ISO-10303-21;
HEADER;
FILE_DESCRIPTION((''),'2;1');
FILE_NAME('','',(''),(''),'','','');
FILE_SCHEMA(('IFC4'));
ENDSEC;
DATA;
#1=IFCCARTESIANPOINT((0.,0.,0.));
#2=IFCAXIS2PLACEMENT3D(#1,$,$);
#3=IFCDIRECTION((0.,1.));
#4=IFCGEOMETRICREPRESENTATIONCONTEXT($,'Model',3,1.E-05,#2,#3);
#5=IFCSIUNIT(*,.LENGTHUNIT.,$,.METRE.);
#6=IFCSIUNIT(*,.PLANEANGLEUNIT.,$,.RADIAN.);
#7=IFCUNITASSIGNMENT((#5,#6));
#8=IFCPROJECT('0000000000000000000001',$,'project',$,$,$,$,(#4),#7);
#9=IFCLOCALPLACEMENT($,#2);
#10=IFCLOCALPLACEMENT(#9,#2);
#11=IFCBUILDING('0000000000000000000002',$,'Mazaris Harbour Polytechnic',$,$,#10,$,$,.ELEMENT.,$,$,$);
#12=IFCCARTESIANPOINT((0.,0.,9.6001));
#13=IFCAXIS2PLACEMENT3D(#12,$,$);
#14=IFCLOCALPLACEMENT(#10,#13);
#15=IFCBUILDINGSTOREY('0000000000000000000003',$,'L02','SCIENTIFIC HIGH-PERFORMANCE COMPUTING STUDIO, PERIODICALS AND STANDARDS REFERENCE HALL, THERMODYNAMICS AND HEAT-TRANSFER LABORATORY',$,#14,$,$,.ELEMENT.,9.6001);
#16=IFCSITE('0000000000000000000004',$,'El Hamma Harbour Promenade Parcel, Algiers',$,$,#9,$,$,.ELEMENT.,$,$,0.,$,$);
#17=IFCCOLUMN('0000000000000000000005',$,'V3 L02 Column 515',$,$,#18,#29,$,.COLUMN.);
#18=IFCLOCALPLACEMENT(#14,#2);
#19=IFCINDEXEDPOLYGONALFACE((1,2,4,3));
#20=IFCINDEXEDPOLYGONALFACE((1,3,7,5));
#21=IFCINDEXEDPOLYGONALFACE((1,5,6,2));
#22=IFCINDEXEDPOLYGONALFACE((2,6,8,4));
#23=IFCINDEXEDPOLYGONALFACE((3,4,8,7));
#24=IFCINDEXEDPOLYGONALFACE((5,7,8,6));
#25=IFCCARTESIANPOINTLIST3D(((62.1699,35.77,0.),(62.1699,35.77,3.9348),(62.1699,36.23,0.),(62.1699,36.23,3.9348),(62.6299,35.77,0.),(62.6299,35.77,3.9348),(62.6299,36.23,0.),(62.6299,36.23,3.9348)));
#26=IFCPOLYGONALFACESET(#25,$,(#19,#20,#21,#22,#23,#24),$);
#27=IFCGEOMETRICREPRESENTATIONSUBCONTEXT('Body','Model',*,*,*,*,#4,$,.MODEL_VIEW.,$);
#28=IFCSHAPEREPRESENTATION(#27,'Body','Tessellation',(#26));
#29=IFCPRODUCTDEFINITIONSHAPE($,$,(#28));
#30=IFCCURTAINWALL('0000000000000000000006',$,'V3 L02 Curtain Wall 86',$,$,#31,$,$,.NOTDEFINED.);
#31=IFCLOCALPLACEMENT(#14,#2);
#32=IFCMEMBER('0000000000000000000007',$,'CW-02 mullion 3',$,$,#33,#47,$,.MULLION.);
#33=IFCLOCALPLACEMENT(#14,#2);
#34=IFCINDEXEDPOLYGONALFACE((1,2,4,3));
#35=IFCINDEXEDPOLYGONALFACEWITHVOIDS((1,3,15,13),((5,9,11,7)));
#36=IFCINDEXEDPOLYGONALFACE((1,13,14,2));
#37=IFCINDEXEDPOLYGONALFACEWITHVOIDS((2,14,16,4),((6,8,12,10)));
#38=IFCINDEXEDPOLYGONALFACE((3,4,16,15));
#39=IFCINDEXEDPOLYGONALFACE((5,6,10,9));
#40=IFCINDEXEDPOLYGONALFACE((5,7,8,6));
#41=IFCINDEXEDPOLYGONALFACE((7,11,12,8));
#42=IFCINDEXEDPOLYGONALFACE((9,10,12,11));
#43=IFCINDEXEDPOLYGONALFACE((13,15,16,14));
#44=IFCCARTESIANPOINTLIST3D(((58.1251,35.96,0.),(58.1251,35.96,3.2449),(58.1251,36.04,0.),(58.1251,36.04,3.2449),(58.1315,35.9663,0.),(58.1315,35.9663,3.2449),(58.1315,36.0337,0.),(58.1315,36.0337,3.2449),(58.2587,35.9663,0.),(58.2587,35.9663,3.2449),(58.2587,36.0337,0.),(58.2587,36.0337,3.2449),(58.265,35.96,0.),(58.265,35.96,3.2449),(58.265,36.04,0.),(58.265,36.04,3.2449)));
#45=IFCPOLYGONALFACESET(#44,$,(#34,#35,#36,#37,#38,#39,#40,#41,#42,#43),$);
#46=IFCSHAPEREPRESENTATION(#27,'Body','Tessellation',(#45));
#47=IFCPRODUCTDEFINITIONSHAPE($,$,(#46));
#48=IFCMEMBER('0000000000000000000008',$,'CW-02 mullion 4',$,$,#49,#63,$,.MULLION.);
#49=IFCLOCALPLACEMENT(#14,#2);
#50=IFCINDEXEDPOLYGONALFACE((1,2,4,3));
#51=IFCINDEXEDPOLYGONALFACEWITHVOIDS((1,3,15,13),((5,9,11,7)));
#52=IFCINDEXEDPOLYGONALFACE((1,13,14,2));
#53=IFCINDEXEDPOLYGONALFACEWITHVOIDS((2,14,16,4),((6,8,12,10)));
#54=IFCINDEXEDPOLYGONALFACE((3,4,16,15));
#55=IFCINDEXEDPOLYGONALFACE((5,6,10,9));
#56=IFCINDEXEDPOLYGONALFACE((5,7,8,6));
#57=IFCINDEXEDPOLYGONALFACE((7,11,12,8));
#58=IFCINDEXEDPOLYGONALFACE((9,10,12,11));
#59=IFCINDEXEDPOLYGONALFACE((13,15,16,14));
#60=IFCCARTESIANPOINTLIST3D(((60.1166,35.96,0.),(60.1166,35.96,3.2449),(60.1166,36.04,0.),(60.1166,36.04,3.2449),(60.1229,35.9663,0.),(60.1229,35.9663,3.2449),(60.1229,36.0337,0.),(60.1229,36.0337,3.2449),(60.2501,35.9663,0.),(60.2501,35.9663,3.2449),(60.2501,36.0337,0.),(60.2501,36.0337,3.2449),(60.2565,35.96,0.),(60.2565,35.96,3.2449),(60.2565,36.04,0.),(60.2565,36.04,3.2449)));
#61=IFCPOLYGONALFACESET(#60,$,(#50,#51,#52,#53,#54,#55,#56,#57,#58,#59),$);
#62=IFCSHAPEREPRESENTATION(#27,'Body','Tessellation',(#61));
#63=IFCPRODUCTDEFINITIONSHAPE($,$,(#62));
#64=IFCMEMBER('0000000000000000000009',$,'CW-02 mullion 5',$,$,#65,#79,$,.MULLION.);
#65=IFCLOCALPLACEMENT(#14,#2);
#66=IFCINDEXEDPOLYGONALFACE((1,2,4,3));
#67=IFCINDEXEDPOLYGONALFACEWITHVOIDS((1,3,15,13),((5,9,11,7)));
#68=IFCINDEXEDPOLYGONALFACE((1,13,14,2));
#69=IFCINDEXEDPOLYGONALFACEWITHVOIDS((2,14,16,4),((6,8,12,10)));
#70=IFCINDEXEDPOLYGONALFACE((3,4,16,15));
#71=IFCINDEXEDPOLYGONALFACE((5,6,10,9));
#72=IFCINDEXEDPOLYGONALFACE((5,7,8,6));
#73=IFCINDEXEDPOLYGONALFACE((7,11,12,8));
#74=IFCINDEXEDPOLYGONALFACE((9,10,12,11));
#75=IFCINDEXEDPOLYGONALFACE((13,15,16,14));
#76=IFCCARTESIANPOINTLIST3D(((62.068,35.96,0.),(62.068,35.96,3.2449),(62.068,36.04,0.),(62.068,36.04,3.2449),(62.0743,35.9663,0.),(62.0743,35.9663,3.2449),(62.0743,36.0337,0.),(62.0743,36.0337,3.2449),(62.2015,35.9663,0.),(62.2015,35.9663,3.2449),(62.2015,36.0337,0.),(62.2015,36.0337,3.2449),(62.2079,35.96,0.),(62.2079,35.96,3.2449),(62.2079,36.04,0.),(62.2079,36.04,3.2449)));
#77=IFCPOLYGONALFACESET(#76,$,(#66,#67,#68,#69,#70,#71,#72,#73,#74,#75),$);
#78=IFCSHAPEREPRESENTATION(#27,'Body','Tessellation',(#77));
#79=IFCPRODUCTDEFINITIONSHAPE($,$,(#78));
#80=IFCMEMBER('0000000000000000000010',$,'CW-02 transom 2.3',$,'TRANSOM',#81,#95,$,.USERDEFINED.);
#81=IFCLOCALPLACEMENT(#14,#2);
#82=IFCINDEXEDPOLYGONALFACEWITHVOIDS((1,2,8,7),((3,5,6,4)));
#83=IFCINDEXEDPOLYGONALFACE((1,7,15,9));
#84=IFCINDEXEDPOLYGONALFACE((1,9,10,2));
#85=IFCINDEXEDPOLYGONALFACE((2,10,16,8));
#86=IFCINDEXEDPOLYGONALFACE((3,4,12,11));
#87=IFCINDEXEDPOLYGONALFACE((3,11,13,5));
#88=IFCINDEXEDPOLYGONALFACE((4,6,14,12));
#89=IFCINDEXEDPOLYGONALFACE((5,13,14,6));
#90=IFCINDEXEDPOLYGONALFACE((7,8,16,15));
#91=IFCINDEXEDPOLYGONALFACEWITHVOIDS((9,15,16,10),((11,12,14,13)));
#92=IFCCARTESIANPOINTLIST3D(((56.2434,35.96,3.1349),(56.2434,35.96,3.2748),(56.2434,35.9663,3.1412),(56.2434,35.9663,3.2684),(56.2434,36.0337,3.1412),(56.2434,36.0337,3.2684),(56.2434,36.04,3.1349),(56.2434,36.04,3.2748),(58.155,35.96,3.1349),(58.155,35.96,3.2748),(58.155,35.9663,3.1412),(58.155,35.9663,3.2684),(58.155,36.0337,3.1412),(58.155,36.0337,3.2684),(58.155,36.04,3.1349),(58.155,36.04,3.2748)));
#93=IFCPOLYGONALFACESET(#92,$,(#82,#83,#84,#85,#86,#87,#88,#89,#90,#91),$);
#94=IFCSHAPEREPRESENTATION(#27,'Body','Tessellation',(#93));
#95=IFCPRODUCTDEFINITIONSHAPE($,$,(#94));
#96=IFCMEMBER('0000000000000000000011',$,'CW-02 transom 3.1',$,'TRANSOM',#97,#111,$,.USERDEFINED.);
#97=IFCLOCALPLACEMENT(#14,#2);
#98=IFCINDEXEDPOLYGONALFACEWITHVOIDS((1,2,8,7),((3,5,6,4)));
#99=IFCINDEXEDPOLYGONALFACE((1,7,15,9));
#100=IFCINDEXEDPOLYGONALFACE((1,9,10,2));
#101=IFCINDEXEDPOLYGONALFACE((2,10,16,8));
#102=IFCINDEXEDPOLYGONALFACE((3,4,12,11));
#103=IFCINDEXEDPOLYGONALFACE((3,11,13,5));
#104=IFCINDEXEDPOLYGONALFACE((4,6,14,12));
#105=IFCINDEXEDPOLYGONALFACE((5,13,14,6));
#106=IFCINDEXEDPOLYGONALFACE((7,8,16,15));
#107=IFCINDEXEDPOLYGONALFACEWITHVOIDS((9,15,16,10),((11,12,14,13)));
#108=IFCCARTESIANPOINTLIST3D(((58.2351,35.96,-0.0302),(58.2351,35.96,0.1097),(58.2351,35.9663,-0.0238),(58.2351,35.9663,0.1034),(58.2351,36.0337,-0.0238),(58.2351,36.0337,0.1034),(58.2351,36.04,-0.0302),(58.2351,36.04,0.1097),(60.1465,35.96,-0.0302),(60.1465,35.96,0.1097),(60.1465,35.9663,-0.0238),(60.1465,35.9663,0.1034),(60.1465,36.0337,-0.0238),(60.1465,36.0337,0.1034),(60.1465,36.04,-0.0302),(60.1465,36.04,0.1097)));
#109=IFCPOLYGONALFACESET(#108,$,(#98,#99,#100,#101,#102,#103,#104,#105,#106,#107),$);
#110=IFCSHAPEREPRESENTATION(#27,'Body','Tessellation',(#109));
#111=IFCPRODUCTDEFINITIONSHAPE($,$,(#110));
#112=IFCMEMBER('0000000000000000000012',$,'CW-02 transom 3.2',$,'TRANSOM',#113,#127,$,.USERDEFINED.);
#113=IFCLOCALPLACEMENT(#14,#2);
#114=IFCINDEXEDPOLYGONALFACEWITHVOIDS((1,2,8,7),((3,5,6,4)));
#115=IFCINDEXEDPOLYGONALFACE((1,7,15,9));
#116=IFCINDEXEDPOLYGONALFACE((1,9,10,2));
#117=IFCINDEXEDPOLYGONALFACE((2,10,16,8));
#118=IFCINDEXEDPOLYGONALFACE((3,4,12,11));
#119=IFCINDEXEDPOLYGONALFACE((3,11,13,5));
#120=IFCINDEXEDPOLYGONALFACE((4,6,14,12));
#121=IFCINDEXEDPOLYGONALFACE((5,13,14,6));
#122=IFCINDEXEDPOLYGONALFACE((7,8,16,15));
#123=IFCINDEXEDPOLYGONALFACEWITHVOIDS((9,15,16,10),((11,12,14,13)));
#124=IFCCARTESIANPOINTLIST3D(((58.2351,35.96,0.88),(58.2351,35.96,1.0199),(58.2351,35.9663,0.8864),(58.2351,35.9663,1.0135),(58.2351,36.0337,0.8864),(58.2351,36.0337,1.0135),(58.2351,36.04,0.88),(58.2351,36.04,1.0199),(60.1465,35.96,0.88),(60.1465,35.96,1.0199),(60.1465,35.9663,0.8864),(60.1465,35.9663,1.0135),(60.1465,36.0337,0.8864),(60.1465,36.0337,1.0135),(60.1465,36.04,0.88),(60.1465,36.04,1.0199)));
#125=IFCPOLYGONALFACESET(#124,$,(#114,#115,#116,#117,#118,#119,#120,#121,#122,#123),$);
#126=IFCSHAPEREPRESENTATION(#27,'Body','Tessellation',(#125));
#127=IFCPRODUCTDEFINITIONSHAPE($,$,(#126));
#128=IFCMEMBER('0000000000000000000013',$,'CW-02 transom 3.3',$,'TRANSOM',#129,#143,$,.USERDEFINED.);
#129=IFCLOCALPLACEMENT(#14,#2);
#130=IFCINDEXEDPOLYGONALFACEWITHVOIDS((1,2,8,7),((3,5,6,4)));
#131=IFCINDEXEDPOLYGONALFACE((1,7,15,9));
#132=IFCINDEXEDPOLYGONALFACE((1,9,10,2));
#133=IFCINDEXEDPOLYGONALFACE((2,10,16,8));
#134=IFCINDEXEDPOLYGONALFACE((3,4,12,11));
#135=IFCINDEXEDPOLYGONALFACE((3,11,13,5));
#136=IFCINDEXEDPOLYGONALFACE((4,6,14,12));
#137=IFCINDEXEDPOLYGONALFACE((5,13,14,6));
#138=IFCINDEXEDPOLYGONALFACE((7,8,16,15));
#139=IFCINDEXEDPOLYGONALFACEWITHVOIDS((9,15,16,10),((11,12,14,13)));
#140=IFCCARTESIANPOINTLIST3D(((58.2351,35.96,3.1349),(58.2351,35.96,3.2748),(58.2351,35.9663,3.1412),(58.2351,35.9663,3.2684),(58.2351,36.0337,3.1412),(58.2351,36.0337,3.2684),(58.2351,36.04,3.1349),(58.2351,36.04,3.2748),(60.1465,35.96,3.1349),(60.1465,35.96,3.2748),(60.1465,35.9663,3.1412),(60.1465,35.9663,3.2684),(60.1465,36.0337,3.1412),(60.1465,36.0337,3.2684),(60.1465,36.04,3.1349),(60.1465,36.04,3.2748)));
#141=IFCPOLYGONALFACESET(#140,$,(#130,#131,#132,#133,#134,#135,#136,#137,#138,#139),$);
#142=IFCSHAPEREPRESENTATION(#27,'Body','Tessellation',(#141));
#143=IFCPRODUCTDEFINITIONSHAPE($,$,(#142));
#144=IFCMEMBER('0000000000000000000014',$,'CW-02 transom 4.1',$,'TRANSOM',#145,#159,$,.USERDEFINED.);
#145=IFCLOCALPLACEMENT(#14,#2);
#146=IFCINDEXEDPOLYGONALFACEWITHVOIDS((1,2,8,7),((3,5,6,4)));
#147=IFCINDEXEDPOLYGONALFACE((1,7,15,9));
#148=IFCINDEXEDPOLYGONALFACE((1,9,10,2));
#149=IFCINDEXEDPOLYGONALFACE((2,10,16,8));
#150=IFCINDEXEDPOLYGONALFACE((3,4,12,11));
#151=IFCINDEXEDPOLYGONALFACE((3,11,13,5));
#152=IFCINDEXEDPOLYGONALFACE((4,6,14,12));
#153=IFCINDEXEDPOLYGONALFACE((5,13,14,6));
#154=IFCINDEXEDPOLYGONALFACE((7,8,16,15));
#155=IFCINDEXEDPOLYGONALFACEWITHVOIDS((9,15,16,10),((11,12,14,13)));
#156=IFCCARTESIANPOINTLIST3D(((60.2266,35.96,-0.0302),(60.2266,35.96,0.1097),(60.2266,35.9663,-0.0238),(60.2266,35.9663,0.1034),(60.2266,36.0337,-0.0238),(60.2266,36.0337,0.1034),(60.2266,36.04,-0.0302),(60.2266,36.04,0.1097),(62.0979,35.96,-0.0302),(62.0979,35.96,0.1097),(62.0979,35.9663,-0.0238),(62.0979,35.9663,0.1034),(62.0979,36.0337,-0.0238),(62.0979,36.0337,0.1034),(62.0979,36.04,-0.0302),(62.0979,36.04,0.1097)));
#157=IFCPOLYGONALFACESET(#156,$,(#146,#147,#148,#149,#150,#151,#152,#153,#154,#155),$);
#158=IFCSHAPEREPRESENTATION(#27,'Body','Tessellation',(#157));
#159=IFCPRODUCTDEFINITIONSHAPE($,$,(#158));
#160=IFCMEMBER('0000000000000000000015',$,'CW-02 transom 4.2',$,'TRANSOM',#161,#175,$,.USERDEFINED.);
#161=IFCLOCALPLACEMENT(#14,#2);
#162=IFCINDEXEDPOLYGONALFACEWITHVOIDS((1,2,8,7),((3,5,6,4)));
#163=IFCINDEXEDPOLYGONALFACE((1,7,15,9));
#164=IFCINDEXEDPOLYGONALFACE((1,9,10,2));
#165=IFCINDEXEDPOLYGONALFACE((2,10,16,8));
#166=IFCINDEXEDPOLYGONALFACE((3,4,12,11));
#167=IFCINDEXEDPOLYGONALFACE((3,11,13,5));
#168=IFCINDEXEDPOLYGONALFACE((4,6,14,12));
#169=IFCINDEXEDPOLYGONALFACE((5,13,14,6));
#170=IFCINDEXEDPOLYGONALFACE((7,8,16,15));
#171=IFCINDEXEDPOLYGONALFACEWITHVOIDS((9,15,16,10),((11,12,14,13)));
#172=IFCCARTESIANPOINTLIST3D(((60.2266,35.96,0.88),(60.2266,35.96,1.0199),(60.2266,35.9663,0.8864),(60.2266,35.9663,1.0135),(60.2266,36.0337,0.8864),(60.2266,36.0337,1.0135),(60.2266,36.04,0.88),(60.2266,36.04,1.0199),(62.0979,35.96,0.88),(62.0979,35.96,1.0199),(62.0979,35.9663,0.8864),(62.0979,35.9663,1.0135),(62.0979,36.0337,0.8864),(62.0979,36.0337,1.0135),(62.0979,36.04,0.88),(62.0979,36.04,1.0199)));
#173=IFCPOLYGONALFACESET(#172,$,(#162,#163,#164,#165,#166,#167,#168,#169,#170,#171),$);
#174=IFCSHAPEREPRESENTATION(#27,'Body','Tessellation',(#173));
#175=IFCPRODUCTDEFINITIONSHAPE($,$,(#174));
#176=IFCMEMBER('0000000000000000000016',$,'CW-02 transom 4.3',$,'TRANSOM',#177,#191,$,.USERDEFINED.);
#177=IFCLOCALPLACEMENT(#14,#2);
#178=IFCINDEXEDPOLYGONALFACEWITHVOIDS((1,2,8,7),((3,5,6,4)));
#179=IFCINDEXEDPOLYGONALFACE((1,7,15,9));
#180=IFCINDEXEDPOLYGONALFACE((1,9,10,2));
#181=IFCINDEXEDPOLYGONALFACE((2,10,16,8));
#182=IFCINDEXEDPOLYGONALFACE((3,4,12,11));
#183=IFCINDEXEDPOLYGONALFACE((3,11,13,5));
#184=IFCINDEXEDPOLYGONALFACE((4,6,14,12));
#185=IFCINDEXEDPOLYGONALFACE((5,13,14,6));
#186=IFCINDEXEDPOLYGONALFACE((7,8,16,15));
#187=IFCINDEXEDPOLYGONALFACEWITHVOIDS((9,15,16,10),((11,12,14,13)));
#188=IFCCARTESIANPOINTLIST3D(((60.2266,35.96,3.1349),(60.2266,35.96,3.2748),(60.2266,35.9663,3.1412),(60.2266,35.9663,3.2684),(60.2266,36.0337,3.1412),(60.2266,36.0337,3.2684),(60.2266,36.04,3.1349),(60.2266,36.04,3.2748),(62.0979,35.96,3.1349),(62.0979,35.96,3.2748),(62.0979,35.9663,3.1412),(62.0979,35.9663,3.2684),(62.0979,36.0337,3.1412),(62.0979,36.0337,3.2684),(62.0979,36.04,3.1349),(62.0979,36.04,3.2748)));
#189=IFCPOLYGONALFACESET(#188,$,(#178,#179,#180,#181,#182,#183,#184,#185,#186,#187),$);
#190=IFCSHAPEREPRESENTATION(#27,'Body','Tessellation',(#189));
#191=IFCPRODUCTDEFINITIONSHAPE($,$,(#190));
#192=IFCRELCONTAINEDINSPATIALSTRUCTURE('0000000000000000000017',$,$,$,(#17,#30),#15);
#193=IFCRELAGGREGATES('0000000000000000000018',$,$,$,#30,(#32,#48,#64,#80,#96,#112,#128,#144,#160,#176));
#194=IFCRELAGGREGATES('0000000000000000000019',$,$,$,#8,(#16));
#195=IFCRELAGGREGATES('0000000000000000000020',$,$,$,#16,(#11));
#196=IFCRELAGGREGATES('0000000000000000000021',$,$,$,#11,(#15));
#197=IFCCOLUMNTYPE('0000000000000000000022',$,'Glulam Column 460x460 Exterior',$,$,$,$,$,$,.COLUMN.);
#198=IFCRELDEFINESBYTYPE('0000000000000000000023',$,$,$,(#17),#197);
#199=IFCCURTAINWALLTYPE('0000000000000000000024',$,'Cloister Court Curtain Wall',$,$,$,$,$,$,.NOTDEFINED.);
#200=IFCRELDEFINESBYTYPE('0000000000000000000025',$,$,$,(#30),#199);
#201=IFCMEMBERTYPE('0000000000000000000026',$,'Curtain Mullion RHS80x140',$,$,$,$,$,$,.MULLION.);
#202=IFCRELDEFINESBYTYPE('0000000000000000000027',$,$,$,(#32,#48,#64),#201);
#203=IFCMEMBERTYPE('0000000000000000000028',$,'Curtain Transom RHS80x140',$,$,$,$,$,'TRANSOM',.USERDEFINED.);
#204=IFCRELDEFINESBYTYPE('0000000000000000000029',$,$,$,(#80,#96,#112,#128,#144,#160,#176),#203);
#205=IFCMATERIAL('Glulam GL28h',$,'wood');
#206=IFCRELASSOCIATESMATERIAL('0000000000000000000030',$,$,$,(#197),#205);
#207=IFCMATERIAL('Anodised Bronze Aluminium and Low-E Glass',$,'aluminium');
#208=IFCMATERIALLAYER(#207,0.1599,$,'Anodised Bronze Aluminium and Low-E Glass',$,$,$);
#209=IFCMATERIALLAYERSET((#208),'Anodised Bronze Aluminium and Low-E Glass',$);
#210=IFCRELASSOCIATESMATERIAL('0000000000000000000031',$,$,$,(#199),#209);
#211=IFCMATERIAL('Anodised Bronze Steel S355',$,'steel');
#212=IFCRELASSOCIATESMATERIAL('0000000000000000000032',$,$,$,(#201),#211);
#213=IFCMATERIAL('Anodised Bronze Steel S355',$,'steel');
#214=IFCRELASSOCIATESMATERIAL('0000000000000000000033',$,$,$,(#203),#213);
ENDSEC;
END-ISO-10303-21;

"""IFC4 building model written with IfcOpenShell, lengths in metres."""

from ifc_helpers import new_model, si_unit, direction, frame, origin, origin_2d, place, context, subcontext, project, spatial, rectangle, hollow_rectangle, extrude, material, layer, layer_set, material_profile, profile_set, type_object, element, aggregate, save


model = new_model("IFC4")

# Units and contexts
model_context = context("Model", 3, precision=1e-05, world=origin(), true_north=direction((0.0, 1.0)))
body_context = subcontext(model_context, "Body", "Model", "MODEL_VIEW")
ifc_project = project(units=[si_unit("LENGTHUNIT", "METRE"), si_unit("PLANEANGLEUNIT", "RADIAN")], contexts=[model_context])

# Site, building, storey
site_placement = place(None, origin())
site = spatial("IfcSite", under=ifc_project, at=site_placement, Name="El Hamma Harbour Promenade Parcel, Algiers", CompositionType="ELEMENT", RefElevation=0.0)
building_placement = place(site_placement, origin())
building = spatial("IfcBuilding", under=site, at=building_placement, Name="Mazaris Harbour Polytechnic", CompositionType="ELEMENT")
storey_placement = place(building_placement, frame((0.0, 0.0, 9.6001)))
storey = spatial("IfcBuildingStorey", under=building, at=storey_placement, Name="L02", Description="SCIENTIFIC HIGH-PERFORMANCE COMPUTING STUDIO, PERIODICALS AND STANDARDS REFERENCE HALL, THERMODYNAMICS AND HEAT-TRANSFER LABORATORY", CompositionType="ELEMENT", Elevation=9.6001)

# Column
ifc_material_1 = material(Name="Glulam GL28h", Category="wood")
ifc_material_profile_1 = material_profile(ifc_material_1, rectangle(XDim=0.46, YDim=0.46, at=origin_2d()), Name="RECT460x460")
ifc_profile_set_1 = profile_set([ifc_material_profile_1], Name="Glulam GL28h")
column_type = type_object("IfcColumnType", Name="Glulam Column 460x460 Exterior", PredefinedType="COLUMN", material=ifc_profile_set_1)
column_placement = place(storey_placement, frame((62.3999, 36.0, 0.0), z_axis=(0.0, 0.0, 1.0), x_axis=(1.0, 0.0, 0.0)))
element("IfcColumn", 1, at=column_placement, inside=storey, type_object=column_type, Name="V3 L02 Column 515", PredefinedType="COLUMN", context=body_context, shape_type="SweptSolid", body=[
    extrude(rectangle(XDim=0.46, YDim=0.46, at=origin_2d()), origin(), (0.0, 0.0, 1.0), 3.9348),
])

# Curtain wall, members
ifc_material_2 = material(Name="Anodised Bronze Aluminium and Low-E Glass", Category="aluminium")
ifc_layer_1 = layer(ifc_material_2, 0.1599, Name="Anodised Bronze Aluminium and Low-E Glass")
ifc_layer_set_1 = layer_set([ifc_layer_1], Name="Anodised Bronze Aluminium and Low-E Glass")
curtain_wall_type = type_object("IfcCurtainWallType", Name="Cloister Court Curtain Wall", PredefinedType="NOTDEFINED", material=ifc_layer_set_1)
curtain_wall_placement = place(storey_placement, origin())
curtain_wall = element("IfcCurtainWall", 2, at=curtain_wall_placement, inside=storey, type_object=curtain_wall_type, Name="V3 L02 Curtain Wall 86", PredefinedType="NOTDEFINED")
ifc_material_3 = material(Name="Anodised Bronze Steel S355", Category="steel")
ifc_material_profile_2 = material_profile(ifc_material_3, hollow_rectangle(XDim=0.0801, YDim=0.1399, WallThickness=0.0063, at=origin_2d()), Name="RHS 80x140x6.3")
ifc_profile_set_2 = profile_set([ifc_material_profile_2], Name="Anodised Bronze Steel S355")
member_type_1 = type_object("IfcMemberType", Name="Curtain Mullion RHS80x140", PredefinedType="MULLION", material=ifc_profile_set_2)
member_1_placement = place(storey_placement, frame((58.1951, 36.0, 0.0), z_axis=(0.0, 0.0, 1.0), x_axis=(0.0, 1.0, 0.0)))
member_1 = element("IfcMember", 3, at=member_1_placement, type_object=member_type_1, Name="CW-02 mullion 3", PredefinedType="MULLION", context=body_context, shape_type="SweptSolid", body=[
    extrude(hollow_rectangle(XDim=0.0801, YDim=0.1399, WallThickness=0.0063, at=origin_2d()), origin(), (0.0, 0.0, 1.0), 3.2449),
])
member_2_placement = place(storey_placement, frame((60.1865, 36.0, 0.0), z_axis=(0.0, 0.0, 1.0), x_axis=(0.0, 1.0, 0.0)))
member_2 = element("IfcMember", 4, at=member_2_placement, type_object=member_type_1, Name="CW-02 mullion 4", PredefinedType="MULLION", context=body_context, shape_type="SweptSolid", body=[
    extrude(hollow_rectangle(XDim=0.0801, YDim=0.1399, WallThickness=0.0063, at=origin_2d()), origin(), (0.0, 0.0, 1.0), 3.2449),
])
member_3_placement = place(storey_placement, frame((62.1379, 36.0, 0.0), z_axis=(0.0, 0.0, 1.0), x_axis=(0.0, 1.0, 0.0)))
member_3 = element("IfcMember", 5, at=member_3_placement, type_object=member_type_1, Name="CW-02 mullion 5", PredefinedType="MULLION", context=body_context, shape_type="SweptSolid", body=[
    extrude(hollow_rectangle(XDim=0.0801, YDim=0.1399, WallThickness=0.0063, at=origin_2d()), origin(), (0.0, 0.0, 1.0), 3.2449),
])
ifc_material_4 = material(Name="Anodised Bronze Steel S355", Category="steel")
ifc_material_profile_3 = material_profile(ifc_material_4, hollow_rectangle(XDim=0.0801, YDim=0.1399, WallThickness=0.0063, at=origin_2d()), Name="RHS 80x140x6.3")
ifc_profile_set_3 = profile_set([ifc_material_profile_3], Name="Anodised Bronze Steel S355")
member_type_2 = type_object("IfcMemberType", Name="Curtain Transom RHS80x140", ElementType="TRANSOM", PredefinedType="USERDEFINED", material=ifc_profile_set_3)
member_4_placement = place(storey_placement, frame((56.2434, 36.0, 3.2048), z_axis=(1.0, 0.0, 0.0), x_axis=(0.0, 1.0, 0.0)))
member_4 = element("IfcMember", 6, at=member_4_placement, type_object=member_type_2, Name="CW-02 transom 2.3", ObjectType="TRANSOM", PredefinedType="USERDEFINED", context=body_context, shape_type="SweptSolid", body=[
    extrude(hollow_rectangle(XDim=0.0801, YDim=0.1399, WallThickness=0.0063, at=origin_2d()), origin(), (0.0, 0.0, 1.0), 1.9116),
])
member_5_placement = place(storey_placement, frame((58.2351, 36.0, 0.0398), z_axis=(1.0, 0.0, 0.0), x_axis=(0.0, 1.0, 0.0)))
member_5 = element("IfcMember", 7, at=member_5_placement, type_object=member_type_2, Name="CW-02 transom 3.1", ObjectType="TRANSOM", PredefinedType="USERDEFINED", context=body_context, shape_type="SweptSolid", body=[
    extrude(hollow_rectangle(XDim=0.0801, YDim=0.1399, WallThickness=0.0063, at=origin_2d()), origin(), (0.0, 0.0, 1.0), 1.9114),
])
member_6_placement = place(storey_placement, frame((58.2351, 36.0, 0.95), z_axis=(1.0, 0.0, 0.0), x_axis=(0.0, 1.0, 0.0)))
member_6 = element("IfcMember", 8, at=member_6_placement, type_object=member_type_2, Name="CW-02 transom 3.2", ObjectType="TRANSOM", PredefinedType="USERDEFINED", context=body_context, shape_type="SweptSolid", body=[
    extrude(hollow_rectangle(XDim=0.0801, YDim=0.1399, WallThickness=0.0063, at=origin_2d()), origin(), (0.0, 0.0, 1.0), 1.9114),
])
member_7_placement = place(storey_placement, frame((58.2351, 36.0, 3.2048), z_axis=(1.0, 0.0, 0.0), x_axis=(0.0, 1.0, 0.0)))
member_7 = element("IfcMember", 9, at=member_7_placement, type_object=member_type_2, Name="CW-02 transom 3.3", ObjectType="TRANSOM", PredefinedType="USERDEFINED", context=body_context, shape_type="SweptSolid", body=[
    extrude(hollow_rectangle(XDim=0.0801, YDim=0.1399, WallThickness=0.0063, at=origin_2d()), origin(), (0.0, 0.0, 1.0), 1.9114),
])
member_8_placement = place(storey_placement, frame((60.2266, 36.0, 0.0398), z_axis=(1.0, 0.0, 0.0), x_axis=(0.0, 1.0, 0.0)))
member_8 = element("IfcMember", 10, at=member_8_placement, type_object=member_type_2, Name="CW-02 transom 4.1", ObjectType="TRANSOM", PredefinedType="USERDEFINED", context=body_context, shape_type="SweptSolid", body=[
    extrude(hollow_rectangle(XDim=0.0801, YDim=0.1399, WallThickness=0.0063, at=origin_2d()), origin(), (0.0, 0.0, 1.0), 1.8713),
])
member_9_placement = place(storey_placement, frame((60.2266, 36.0, 0.95), z_axis=(1.0, 0.0, 0.0), x_axis=(0.0, 1.0, 0.0)))
member_9 = element("IfcMember", 11, at=member_9_placement, type_object=member_type_2, Name="CW-02 transom 4.2", ObjectType="TRANSOM", PredefinedType="USERDEFINED", context=body_context, shape_type="SweptSolid", body=[
    extrude(hollow_rectangle(XDim=0.0801, YDim=0.1399, WallThickness=0.0063, at=origin_2d()), origin(), (0.0, 0.0, 1.0), 1.8713),
])
member_10_placement = place(storey_placement, frame((60.2266, 36.0, 3.2048), z_axis=(1.0, 0.0, 0.0), x_axis=(0.0, 1.0, 0.0)))
member_10 = element("IfcMember", 12, at=member_10_placement, type_object=member_type_2, Name="CW-02 transom 4.3", ObjectType="TRANSOM", PredefinedType="USERDEFINED", context=body_context, shape_type="SweptSolid", body=[
    extrude(hollow_rectangle(XDim=0.0801, YDim=0.1399, WallThickness=0.0063, at=origin_2d()), origin(), (0.0, 0.0, 1.0), 1.8713),
])

aggregate(curtain_wall, [member_1, member_2, member_3, member_4, member_5, member_6, member_7, member_8, member_9, member_10])

save(model, "model.ifc")
